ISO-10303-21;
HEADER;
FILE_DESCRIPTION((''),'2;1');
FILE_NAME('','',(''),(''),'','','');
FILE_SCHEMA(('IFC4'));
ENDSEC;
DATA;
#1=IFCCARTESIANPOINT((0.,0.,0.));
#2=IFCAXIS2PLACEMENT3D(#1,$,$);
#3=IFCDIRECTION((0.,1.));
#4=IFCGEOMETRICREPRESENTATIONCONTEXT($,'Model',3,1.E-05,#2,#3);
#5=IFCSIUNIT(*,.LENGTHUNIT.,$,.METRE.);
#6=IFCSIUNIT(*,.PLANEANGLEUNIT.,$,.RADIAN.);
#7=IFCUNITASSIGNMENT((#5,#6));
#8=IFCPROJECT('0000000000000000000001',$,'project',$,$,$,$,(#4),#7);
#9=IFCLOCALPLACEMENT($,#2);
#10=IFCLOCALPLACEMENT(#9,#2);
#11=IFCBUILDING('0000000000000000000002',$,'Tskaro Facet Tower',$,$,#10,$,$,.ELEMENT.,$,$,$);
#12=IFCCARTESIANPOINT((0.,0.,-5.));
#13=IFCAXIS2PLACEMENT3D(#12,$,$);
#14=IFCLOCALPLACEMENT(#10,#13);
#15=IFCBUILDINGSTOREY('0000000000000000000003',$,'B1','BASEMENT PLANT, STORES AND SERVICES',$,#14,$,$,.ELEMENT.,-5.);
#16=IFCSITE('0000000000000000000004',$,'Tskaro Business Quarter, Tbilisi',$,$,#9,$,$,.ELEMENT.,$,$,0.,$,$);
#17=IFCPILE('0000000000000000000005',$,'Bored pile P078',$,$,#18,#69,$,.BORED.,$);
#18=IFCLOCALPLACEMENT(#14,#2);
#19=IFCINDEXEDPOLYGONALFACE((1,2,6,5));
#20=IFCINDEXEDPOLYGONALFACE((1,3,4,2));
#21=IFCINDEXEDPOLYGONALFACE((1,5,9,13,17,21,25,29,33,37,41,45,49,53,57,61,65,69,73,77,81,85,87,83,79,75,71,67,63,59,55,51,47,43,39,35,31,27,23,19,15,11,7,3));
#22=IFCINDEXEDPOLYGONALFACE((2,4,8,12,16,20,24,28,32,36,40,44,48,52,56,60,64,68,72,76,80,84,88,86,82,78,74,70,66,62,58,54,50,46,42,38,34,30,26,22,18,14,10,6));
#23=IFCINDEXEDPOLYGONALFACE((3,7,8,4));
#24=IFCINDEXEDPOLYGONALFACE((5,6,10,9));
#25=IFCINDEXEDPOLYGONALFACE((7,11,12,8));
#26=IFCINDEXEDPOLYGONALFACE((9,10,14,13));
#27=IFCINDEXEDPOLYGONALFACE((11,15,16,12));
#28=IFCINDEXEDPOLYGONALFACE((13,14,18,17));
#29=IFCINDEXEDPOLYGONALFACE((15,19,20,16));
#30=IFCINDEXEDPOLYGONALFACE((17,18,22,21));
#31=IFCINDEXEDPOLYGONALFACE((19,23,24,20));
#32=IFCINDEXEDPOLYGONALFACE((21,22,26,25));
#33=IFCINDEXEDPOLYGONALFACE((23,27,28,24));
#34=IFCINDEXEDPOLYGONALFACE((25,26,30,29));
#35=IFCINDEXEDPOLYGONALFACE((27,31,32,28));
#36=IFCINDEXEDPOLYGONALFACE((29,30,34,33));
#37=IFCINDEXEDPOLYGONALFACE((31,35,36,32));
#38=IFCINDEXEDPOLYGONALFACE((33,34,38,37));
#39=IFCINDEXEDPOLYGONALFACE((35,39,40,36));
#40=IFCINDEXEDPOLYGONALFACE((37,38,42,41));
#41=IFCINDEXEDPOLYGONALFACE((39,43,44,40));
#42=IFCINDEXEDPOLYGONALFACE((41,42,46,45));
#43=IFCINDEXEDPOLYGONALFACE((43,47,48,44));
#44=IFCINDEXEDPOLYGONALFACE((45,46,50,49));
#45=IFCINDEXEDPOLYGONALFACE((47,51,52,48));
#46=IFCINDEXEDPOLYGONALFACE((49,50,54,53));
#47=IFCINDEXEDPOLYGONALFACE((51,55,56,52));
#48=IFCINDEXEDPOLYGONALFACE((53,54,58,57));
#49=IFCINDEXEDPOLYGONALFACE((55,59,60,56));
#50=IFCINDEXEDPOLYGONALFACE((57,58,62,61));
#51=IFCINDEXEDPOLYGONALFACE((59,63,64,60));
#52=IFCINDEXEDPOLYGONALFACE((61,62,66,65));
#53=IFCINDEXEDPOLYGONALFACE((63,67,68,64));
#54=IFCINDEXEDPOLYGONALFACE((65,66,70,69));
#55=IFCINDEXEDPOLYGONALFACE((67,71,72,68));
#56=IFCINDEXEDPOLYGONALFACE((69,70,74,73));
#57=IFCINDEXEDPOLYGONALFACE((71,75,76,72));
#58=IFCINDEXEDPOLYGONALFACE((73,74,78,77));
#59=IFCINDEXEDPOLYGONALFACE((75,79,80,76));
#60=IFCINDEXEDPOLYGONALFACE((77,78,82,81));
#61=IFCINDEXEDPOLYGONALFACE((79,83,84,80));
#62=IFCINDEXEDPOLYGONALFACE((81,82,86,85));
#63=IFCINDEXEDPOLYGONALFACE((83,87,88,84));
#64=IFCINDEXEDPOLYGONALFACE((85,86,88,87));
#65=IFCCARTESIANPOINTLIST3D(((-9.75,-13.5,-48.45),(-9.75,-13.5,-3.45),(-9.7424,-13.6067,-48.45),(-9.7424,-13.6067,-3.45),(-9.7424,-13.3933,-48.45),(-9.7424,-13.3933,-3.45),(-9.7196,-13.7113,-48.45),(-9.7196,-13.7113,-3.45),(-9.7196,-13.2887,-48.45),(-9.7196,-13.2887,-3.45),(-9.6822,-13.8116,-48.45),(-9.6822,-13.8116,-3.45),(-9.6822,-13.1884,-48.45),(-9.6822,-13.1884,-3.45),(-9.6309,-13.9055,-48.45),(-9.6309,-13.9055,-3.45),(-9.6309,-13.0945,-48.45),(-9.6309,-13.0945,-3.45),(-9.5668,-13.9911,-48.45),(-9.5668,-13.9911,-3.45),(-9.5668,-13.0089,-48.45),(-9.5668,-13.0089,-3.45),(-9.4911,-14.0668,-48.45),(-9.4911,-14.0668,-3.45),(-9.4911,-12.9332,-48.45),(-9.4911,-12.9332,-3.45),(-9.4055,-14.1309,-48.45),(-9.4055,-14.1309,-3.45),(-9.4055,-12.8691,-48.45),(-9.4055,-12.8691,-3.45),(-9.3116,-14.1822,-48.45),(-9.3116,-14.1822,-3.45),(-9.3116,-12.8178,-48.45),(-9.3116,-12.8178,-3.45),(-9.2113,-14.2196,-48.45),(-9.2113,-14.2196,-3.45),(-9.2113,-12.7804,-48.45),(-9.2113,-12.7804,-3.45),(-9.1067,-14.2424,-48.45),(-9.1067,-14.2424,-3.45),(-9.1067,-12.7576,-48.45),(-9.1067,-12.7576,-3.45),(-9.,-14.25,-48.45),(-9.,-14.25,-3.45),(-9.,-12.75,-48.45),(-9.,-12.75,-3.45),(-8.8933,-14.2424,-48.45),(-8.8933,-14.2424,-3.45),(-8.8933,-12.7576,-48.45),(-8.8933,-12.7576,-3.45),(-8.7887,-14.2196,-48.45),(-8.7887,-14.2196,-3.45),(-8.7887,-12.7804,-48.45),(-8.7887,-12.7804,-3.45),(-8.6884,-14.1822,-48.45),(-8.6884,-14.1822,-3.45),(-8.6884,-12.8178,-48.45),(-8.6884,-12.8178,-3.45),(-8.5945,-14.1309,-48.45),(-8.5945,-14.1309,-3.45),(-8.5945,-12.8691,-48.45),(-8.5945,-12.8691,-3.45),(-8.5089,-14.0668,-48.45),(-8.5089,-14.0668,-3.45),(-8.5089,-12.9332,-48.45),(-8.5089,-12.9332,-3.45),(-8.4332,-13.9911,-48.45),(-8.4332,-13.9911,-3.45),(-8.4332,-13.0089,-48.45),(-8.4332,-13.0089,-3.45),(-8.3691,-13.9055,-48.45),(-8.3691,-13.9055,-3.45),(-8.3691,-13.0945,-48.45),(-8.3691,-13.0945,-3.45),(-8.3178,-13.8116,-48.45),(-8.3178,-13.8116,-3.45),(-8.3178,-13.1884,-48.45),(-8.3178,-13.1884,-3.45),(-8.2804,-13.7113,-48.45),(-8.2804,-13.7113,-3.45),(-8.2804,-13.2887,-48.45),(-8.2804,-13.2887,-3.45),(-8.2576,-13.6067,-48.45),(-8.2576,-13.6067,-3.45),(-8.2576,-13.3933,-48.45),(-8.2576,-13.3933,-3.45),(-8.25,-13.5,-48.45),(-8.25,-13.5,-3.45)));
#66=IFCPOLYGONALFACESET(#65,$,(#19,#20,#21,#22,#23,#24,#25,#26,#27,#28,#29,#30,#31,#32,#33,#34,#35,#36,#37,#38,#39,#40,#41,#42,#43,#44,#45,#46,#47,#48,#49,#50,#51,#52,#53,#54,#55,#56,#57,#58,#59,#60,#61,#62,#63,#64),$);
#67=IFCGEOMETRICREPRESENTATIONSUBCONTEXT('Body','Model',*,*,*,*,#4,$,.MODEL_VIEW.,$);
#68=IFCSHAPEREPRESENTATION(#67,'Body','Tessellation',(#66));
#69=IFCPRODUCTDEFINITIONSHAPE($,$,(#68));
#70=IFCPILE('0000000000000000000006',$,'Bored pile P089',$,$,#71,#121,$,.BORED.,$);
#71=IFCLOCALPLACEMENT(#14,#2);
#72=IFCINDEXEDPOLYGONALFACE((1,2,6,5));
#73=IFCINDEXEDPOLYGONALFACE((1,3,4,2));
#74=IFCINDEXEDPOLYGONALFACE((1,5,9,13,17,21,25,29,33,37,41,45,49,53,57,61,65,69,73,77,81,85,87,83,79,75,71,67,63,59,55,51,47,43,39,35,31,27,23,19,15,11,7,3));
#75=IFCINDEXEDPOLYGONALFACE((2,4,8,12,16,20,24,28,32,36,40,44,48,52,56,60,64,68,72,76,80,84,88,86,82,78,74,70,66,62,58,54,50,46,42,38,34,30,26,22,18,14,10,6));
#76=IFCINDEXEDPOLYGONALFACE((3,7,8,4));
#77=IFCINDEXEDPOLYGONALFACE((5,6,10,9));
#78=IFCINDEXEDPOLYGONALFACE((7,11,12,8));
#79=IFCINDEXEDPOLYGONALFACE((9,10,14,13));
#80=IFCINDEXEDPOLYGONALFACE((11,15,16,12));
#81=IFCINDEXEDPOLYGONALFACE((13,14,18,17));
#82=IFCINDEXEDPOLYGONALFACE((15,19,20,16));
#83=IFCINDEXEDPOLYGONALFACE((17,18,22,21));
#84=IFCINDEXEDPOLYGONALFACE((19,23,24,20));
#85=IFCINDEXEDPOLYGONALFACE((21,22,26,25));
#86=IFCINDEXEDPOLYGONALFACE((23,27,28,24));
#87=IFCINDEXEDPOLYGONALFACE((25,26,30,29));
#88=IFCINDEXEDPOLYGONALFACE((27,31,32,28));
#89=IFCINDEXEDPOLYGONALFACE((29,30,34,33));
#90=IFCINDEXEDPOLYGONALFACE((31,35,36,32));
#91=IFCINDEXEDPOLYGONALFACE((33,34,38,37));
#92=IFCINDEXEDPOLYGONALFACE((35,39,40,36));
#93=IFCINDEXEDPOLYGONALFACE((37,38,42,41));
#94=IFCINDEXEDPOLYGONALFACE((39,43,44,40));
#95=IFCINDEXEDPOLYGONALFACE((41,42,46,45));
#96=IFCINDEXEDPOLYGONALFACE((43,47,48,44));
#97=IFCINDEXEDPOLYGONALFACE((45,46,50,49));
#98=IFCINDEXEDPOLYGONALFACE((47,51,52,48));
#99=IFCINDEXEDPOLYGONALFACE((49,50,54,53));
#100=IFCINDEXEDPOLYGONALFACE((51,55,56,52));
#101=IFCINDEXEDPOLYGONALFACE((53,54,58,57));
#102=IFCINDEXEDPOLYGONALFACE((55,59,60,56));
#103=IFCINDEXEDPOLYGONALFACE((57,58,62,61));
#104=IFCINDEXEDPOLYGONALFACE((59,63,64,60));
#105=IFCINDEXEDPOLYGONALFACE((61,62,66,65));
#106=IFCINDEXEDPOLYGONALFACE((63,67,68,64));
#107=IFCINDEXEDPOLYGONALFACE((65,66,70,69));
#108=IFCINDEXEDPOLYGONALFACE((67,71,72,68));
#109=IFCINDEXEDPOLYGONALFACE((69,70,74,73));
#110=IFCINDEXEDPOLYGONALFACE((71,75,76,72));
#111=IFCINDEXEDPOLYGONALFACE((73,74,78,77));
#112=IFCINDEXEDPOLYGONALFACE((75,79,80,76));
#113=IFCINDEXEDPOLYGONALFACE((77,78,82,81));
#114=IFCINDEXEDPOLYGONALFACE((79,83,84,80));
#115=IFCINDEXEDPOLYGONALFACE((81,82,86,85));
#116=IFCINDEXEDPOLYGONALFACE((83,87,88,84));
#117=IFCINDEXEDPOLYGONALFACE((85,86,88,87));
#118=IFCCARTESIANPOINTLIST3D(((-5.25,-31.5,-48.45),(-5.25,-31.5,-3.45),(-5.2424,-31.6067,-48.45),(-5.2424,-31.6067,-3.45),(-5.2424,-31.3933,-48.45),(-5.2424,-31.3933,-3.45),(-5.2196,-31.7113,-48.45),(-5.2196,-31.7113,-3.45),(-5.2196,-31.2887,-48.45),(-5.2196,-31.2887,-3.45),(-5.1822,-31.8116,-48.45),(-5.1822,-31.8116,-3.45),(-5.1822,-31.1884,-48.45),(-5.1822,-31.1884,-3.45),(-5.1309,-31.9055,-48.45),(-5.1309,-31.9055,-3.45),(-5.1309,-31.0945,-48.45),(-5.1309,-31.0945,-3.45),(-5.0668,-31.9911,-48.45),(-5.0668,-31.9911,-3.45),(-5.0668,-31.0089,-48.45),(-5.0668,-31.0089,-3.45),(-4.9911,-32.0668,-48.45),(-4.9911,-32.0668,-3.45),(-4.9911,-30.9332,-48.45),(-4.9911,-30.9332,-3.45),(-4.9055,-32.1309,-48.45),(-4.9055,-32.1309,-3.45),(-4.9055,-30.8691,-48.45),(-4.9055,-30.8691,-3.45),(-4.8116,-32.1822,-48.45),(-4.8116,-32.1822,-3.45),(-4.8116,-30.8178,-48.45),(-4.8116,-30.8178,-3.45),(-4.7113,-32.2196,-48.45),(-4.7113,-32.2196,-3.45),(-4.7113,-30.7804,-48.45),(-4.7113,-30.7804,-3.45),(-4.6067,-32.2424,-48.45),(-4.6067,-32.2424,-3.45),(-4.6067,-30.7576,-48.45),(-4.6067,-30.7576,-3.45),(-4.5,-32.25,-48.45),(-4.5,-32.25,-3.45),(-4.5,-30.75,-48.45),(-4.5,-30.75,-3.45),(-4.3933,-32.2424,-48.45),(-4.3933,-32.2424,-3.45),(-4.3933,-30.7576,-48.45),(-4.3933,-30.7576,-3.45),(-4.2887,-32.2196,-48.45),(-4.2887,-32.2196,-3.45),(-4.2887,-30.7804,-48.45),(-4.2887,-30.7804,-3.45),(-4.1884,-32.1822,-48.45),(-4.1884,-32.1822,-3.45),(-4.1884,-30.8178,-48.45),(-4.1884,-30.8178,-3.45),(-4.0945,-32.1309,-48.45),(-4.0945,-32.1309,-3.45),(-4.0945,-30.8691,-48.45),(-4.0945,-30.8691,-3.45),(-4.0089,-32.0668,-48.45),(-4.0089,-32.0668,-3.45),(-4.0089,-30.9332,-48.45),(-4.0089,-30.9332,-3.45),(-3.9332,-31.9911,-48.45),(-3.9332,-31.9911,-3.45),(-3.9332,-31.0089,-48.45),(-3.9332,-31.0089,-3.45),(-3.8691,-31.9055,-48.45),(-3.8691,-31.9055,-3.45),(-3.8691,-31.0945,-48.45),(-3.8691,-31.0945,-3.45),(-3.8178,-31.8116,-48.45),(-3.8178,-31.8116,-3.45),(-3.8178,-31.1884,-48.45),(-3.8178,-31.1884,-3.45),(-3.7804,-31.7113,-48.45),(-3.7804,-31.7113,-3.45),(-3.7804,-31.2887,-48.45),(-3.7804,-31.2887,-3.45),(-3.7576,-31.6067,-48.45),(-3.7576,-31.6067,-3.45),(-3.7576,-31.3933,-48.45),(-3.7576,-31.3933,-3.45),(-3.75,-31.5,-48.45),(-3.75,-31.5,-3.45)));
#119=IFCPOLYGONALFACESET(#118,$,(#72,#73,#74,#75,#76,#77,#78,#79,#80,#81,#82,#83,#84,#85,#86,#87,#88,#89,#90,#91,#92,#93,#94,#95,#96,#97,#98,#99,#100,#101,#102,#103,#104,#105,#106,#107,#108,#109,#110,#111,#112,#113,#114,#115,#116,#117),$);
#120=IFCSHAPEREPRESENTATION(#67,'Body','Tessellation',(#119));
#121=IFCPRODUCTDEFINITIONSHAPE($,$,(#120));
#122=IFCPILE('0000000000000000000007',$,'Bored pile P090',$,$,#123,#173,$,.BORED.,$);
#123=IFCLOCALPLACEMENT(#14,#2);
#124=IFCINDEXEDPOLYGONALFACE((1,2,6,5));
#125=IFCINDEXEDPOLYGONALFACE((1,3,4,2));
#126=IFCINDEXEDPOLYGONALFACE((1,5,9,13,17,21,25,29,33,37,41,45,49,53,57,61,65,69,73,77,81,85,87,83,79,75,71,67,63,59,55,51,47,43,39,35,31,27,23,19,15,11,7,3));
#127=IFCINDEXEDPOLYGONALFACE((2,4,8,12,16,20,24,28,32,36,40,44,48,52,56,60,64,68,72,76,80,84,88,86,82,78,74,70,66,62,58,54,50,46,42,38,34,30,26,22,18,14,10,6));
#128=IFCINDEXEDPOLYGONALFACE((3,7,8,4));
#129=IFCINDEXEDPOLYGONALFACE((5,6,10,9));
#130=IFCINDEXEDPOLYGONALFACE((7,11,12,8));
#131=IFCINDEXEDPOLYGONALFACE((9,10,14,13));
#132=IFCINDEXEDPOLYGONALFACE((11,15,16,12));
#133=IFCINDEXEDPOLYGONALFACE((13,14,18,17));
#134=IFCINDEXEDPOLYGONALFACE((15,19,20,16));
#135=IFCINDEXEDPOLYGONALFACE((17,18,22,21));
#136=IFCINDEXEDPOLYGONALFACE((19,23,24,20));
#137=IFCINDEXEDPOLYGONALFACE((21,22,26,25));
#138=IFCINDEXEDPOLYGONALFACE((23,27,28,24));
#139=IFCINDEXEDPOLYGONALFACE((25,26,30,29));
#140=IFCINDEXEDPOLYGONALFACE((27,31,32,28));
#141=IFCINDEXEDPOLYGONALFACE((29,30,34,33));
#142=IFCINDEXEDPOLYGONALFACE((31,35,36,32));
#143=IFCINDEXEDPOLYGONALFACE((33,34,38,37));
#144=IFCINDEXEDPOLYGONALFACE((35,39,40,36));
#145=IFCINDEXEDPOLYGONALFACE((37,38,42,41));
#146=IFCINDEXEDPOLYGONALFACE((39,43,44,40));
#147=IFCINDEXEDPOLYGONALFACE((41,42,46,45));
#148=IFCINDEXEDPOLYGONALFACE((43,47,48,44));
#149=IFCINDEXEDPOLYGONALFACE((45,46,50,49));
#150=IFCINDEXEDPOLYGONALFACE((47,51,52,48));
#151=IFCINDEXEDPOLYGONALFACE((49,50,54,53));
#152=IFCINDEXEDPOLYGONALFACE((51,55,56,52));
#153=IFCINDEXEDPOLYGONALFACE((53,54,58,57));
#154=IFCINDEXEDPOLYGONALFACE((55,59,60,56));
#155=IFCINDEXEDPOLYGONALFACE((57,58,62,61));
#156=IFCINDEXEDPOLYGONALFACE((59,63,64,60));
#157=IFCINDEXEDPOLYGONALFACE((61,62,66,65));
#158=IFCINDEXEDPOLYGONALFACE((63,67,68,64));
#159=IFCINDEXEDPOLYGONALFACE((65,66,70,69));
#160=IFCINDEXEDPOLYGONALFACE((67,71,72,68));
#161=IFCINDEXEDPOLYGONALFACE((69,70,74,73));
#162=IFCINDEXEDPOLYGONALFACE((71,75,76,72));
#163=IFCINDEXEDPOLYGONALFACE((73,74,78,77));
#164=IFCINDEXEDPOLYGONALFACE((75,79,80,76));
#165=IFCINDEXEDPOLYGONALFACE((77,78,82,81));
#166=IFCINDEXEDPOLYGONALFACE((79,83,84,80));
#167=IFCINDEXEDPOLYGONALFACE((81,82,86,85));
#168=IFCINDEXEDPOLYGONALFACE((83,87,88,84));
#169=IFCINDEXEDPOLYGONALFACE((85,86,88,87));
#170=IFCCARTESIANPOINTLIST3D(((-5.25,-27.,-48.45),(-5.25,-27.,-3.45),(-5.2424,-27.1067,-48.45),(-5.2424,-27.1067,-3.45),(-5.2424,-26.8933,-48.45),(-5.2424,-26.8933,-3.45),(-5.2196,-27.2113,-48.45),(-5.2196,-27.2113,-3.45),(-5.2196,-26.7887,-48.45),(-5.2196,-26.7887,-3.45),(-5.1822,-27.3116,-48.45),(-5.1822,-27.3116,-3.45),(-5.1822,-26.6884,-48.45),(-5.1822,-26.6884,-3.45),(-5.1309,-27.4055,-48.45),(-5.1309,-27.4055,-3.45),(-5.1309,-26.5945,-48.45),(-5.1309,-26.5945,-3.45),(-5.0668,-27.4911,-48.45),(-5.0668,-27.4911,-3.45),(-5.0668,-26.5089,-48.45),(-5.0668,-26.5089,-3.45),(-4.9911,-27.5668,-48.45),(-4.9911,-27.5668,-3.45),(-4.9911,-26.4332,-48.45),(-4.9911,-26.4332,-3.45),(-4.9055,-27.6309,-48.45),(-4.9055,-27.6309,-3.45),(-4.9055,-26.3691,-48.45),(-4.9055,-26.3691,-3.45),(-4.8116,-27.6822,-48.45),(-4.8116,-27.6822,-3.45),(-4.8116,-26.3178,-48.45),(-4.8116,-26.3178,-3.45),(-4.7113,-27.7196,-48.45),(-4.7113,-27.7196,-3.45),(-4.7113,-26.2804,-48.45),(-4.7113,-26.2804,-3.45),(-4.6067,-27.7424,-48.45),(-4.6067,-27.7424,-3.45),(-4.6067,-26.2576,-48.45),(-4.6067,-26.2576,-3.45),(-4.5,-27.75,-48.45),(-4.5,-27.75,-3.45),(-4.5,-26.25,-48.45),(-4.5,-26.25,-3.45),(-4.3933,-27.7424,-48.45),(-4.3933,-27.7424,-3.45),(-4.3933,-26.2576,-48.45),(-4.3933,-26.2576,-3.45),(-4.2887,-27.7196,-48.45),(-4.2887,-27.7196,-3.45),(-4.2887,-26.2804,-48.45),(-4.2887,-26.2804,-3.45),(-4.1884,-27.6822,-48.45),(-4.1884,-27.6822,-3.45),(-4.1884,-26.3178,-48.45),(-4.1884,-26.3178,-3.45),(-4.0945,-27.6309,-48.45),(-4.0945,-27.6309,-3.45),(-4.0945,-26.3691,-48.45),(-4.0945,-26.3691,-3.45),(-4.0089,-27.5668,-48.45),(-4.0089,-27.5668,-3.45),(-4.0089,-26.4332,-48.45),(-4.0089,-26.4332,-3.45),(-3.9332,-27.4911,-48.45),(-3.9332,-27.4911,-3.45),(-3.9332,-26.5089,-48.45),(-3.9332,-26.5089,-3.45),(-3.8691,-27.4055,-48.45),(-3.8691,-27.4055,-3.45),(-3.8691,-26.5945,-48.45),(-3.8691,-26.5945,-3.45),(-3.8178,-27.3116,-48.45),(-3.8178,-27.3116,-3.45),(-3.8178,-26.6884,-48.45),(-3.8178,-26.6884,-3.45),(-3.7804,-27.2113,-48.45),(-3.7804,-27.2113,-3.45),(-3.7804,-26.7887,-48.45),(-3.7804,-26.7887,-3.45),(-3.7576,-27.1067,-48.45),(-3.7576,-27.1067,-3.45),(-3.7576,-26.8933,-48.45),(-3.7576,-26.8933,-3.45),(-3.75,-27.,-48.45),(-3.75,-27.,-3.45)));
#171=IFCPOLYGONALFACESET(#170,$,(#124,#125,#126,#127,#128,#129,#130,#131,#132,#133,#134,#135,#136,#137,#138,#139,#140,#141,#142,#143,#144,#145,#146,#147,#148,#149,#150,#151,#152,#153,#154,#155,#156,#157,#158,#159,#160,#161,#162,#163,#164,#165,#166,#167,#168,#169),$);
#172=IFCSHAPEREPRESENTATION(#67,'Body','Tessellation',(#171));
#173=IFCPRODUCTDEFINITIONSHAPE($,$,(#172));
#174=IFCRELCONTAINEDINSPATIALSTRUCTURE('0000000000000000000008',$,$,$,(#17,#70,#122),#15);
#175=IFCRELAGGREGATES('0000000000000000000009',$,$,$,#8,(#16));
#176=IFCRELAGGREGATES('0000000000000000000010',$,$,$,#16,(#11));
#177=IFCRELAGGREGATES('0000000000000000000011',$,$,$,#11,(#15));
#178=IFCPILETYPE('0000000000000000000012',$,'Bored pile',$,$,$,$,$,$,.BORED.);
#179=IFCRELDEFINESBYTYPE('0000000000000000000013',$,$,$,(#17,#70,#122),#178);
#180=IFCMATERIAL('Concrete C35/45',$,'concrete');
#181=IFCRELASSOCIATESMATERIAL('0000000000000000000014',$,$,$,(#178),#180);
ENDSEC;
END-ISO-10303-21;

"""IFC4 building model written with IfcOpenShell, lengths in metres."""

from ifc_helpers import new_model, si_unit, direction, frame, origin, origin_2d, place, context, subcontext, project, spatial, circle, extrude, material, material_profile, profile_set, type_object, element, save


model = new_model("IFC4")

# Units and contexts
model_context = context("Model", 3, precision=1e-05, world=origin(), true_north=direction((0.0, 1.0)))
body_context = subcontext(model_context, "Body", "Model", "MODEL_VIEW")
ifc_project = project(units=[si_unit("LENGTHUNIT", "METRE"), si_unit("PLANEANGLEUNIT", "RADIAN")], contexts=[model_context])

# Site, building, storey
site_placement = place(None, origin())
site = spatial("IfcSite", under=ifc_project, at=site_placement, Name="Tskaro Business Quarter, Tbilisi", CompositionType="ELEMENT", RefElevation=0.0)
building_placement = place(site_placement, origin())
building = spatial("IfcBuilding", under=site, at=building_placement, Name="Tskaro Facet Tower", CompositionType="ELEMENT")
storey_placement = place(building_placement, frame((0.0, 0.0, -5.0)))
storey = spatial("IfcBuildingStorey", under=building, at=storey_placement, Name="B1", Description="BASEMENT PLANT, STORES AND SERVICES", CompositionType="ELEMENT", Elevation=-5.0)

# Piles
ifc_material_1 = material(Name="Concrete C35/45", Category="concrete")
ifc_material_profile_1 = material_profile(ifc_material_1, circle(Radius=0.75, at=origin_2d()), Name="Bored pile")
ifc_profile_set_1 = profile_set([ifc_material_profile_1], Name="Concrete C35/45")
pile_type = type_object("IfcPileType", Name="Bored pile", PredefinedType="BORED", material=ifc_profile_set_1)
for number, where, z_axis, x_axis, name in (
    (1, (-9.0, -13.5, -3.45), (0.0, 0.0, -1.0), (1.0, 0.0, 0.0), "Bored pile P078"),
    (2, (-4.5, -31.5, -3.45), (0.0, 0.0, -1.0), (1.0, 0.0, 0.0), "Bored pile P089"),
    (3, (-4.5, -27.0, -3.45), (0.0, 0.0, -1.0), (1.0, 0.0, 0.0), "Bored pile P090"),
):
    element("IfcPile", number, at=place(storey_placement, frame(where, z_axis=z_axis, x_axis=x_axis)), inside=storey, type_object=pile_type, Name=name, PredefinedType="BORED", context=body_context, shape_type="SweptSolid", body=[
        extrude(circle(Radius=0.75, at=origin_2d()), origin(), (0.0, 0.0, 1.0), 45.0),
    ])

save(model, "model.ifc")
